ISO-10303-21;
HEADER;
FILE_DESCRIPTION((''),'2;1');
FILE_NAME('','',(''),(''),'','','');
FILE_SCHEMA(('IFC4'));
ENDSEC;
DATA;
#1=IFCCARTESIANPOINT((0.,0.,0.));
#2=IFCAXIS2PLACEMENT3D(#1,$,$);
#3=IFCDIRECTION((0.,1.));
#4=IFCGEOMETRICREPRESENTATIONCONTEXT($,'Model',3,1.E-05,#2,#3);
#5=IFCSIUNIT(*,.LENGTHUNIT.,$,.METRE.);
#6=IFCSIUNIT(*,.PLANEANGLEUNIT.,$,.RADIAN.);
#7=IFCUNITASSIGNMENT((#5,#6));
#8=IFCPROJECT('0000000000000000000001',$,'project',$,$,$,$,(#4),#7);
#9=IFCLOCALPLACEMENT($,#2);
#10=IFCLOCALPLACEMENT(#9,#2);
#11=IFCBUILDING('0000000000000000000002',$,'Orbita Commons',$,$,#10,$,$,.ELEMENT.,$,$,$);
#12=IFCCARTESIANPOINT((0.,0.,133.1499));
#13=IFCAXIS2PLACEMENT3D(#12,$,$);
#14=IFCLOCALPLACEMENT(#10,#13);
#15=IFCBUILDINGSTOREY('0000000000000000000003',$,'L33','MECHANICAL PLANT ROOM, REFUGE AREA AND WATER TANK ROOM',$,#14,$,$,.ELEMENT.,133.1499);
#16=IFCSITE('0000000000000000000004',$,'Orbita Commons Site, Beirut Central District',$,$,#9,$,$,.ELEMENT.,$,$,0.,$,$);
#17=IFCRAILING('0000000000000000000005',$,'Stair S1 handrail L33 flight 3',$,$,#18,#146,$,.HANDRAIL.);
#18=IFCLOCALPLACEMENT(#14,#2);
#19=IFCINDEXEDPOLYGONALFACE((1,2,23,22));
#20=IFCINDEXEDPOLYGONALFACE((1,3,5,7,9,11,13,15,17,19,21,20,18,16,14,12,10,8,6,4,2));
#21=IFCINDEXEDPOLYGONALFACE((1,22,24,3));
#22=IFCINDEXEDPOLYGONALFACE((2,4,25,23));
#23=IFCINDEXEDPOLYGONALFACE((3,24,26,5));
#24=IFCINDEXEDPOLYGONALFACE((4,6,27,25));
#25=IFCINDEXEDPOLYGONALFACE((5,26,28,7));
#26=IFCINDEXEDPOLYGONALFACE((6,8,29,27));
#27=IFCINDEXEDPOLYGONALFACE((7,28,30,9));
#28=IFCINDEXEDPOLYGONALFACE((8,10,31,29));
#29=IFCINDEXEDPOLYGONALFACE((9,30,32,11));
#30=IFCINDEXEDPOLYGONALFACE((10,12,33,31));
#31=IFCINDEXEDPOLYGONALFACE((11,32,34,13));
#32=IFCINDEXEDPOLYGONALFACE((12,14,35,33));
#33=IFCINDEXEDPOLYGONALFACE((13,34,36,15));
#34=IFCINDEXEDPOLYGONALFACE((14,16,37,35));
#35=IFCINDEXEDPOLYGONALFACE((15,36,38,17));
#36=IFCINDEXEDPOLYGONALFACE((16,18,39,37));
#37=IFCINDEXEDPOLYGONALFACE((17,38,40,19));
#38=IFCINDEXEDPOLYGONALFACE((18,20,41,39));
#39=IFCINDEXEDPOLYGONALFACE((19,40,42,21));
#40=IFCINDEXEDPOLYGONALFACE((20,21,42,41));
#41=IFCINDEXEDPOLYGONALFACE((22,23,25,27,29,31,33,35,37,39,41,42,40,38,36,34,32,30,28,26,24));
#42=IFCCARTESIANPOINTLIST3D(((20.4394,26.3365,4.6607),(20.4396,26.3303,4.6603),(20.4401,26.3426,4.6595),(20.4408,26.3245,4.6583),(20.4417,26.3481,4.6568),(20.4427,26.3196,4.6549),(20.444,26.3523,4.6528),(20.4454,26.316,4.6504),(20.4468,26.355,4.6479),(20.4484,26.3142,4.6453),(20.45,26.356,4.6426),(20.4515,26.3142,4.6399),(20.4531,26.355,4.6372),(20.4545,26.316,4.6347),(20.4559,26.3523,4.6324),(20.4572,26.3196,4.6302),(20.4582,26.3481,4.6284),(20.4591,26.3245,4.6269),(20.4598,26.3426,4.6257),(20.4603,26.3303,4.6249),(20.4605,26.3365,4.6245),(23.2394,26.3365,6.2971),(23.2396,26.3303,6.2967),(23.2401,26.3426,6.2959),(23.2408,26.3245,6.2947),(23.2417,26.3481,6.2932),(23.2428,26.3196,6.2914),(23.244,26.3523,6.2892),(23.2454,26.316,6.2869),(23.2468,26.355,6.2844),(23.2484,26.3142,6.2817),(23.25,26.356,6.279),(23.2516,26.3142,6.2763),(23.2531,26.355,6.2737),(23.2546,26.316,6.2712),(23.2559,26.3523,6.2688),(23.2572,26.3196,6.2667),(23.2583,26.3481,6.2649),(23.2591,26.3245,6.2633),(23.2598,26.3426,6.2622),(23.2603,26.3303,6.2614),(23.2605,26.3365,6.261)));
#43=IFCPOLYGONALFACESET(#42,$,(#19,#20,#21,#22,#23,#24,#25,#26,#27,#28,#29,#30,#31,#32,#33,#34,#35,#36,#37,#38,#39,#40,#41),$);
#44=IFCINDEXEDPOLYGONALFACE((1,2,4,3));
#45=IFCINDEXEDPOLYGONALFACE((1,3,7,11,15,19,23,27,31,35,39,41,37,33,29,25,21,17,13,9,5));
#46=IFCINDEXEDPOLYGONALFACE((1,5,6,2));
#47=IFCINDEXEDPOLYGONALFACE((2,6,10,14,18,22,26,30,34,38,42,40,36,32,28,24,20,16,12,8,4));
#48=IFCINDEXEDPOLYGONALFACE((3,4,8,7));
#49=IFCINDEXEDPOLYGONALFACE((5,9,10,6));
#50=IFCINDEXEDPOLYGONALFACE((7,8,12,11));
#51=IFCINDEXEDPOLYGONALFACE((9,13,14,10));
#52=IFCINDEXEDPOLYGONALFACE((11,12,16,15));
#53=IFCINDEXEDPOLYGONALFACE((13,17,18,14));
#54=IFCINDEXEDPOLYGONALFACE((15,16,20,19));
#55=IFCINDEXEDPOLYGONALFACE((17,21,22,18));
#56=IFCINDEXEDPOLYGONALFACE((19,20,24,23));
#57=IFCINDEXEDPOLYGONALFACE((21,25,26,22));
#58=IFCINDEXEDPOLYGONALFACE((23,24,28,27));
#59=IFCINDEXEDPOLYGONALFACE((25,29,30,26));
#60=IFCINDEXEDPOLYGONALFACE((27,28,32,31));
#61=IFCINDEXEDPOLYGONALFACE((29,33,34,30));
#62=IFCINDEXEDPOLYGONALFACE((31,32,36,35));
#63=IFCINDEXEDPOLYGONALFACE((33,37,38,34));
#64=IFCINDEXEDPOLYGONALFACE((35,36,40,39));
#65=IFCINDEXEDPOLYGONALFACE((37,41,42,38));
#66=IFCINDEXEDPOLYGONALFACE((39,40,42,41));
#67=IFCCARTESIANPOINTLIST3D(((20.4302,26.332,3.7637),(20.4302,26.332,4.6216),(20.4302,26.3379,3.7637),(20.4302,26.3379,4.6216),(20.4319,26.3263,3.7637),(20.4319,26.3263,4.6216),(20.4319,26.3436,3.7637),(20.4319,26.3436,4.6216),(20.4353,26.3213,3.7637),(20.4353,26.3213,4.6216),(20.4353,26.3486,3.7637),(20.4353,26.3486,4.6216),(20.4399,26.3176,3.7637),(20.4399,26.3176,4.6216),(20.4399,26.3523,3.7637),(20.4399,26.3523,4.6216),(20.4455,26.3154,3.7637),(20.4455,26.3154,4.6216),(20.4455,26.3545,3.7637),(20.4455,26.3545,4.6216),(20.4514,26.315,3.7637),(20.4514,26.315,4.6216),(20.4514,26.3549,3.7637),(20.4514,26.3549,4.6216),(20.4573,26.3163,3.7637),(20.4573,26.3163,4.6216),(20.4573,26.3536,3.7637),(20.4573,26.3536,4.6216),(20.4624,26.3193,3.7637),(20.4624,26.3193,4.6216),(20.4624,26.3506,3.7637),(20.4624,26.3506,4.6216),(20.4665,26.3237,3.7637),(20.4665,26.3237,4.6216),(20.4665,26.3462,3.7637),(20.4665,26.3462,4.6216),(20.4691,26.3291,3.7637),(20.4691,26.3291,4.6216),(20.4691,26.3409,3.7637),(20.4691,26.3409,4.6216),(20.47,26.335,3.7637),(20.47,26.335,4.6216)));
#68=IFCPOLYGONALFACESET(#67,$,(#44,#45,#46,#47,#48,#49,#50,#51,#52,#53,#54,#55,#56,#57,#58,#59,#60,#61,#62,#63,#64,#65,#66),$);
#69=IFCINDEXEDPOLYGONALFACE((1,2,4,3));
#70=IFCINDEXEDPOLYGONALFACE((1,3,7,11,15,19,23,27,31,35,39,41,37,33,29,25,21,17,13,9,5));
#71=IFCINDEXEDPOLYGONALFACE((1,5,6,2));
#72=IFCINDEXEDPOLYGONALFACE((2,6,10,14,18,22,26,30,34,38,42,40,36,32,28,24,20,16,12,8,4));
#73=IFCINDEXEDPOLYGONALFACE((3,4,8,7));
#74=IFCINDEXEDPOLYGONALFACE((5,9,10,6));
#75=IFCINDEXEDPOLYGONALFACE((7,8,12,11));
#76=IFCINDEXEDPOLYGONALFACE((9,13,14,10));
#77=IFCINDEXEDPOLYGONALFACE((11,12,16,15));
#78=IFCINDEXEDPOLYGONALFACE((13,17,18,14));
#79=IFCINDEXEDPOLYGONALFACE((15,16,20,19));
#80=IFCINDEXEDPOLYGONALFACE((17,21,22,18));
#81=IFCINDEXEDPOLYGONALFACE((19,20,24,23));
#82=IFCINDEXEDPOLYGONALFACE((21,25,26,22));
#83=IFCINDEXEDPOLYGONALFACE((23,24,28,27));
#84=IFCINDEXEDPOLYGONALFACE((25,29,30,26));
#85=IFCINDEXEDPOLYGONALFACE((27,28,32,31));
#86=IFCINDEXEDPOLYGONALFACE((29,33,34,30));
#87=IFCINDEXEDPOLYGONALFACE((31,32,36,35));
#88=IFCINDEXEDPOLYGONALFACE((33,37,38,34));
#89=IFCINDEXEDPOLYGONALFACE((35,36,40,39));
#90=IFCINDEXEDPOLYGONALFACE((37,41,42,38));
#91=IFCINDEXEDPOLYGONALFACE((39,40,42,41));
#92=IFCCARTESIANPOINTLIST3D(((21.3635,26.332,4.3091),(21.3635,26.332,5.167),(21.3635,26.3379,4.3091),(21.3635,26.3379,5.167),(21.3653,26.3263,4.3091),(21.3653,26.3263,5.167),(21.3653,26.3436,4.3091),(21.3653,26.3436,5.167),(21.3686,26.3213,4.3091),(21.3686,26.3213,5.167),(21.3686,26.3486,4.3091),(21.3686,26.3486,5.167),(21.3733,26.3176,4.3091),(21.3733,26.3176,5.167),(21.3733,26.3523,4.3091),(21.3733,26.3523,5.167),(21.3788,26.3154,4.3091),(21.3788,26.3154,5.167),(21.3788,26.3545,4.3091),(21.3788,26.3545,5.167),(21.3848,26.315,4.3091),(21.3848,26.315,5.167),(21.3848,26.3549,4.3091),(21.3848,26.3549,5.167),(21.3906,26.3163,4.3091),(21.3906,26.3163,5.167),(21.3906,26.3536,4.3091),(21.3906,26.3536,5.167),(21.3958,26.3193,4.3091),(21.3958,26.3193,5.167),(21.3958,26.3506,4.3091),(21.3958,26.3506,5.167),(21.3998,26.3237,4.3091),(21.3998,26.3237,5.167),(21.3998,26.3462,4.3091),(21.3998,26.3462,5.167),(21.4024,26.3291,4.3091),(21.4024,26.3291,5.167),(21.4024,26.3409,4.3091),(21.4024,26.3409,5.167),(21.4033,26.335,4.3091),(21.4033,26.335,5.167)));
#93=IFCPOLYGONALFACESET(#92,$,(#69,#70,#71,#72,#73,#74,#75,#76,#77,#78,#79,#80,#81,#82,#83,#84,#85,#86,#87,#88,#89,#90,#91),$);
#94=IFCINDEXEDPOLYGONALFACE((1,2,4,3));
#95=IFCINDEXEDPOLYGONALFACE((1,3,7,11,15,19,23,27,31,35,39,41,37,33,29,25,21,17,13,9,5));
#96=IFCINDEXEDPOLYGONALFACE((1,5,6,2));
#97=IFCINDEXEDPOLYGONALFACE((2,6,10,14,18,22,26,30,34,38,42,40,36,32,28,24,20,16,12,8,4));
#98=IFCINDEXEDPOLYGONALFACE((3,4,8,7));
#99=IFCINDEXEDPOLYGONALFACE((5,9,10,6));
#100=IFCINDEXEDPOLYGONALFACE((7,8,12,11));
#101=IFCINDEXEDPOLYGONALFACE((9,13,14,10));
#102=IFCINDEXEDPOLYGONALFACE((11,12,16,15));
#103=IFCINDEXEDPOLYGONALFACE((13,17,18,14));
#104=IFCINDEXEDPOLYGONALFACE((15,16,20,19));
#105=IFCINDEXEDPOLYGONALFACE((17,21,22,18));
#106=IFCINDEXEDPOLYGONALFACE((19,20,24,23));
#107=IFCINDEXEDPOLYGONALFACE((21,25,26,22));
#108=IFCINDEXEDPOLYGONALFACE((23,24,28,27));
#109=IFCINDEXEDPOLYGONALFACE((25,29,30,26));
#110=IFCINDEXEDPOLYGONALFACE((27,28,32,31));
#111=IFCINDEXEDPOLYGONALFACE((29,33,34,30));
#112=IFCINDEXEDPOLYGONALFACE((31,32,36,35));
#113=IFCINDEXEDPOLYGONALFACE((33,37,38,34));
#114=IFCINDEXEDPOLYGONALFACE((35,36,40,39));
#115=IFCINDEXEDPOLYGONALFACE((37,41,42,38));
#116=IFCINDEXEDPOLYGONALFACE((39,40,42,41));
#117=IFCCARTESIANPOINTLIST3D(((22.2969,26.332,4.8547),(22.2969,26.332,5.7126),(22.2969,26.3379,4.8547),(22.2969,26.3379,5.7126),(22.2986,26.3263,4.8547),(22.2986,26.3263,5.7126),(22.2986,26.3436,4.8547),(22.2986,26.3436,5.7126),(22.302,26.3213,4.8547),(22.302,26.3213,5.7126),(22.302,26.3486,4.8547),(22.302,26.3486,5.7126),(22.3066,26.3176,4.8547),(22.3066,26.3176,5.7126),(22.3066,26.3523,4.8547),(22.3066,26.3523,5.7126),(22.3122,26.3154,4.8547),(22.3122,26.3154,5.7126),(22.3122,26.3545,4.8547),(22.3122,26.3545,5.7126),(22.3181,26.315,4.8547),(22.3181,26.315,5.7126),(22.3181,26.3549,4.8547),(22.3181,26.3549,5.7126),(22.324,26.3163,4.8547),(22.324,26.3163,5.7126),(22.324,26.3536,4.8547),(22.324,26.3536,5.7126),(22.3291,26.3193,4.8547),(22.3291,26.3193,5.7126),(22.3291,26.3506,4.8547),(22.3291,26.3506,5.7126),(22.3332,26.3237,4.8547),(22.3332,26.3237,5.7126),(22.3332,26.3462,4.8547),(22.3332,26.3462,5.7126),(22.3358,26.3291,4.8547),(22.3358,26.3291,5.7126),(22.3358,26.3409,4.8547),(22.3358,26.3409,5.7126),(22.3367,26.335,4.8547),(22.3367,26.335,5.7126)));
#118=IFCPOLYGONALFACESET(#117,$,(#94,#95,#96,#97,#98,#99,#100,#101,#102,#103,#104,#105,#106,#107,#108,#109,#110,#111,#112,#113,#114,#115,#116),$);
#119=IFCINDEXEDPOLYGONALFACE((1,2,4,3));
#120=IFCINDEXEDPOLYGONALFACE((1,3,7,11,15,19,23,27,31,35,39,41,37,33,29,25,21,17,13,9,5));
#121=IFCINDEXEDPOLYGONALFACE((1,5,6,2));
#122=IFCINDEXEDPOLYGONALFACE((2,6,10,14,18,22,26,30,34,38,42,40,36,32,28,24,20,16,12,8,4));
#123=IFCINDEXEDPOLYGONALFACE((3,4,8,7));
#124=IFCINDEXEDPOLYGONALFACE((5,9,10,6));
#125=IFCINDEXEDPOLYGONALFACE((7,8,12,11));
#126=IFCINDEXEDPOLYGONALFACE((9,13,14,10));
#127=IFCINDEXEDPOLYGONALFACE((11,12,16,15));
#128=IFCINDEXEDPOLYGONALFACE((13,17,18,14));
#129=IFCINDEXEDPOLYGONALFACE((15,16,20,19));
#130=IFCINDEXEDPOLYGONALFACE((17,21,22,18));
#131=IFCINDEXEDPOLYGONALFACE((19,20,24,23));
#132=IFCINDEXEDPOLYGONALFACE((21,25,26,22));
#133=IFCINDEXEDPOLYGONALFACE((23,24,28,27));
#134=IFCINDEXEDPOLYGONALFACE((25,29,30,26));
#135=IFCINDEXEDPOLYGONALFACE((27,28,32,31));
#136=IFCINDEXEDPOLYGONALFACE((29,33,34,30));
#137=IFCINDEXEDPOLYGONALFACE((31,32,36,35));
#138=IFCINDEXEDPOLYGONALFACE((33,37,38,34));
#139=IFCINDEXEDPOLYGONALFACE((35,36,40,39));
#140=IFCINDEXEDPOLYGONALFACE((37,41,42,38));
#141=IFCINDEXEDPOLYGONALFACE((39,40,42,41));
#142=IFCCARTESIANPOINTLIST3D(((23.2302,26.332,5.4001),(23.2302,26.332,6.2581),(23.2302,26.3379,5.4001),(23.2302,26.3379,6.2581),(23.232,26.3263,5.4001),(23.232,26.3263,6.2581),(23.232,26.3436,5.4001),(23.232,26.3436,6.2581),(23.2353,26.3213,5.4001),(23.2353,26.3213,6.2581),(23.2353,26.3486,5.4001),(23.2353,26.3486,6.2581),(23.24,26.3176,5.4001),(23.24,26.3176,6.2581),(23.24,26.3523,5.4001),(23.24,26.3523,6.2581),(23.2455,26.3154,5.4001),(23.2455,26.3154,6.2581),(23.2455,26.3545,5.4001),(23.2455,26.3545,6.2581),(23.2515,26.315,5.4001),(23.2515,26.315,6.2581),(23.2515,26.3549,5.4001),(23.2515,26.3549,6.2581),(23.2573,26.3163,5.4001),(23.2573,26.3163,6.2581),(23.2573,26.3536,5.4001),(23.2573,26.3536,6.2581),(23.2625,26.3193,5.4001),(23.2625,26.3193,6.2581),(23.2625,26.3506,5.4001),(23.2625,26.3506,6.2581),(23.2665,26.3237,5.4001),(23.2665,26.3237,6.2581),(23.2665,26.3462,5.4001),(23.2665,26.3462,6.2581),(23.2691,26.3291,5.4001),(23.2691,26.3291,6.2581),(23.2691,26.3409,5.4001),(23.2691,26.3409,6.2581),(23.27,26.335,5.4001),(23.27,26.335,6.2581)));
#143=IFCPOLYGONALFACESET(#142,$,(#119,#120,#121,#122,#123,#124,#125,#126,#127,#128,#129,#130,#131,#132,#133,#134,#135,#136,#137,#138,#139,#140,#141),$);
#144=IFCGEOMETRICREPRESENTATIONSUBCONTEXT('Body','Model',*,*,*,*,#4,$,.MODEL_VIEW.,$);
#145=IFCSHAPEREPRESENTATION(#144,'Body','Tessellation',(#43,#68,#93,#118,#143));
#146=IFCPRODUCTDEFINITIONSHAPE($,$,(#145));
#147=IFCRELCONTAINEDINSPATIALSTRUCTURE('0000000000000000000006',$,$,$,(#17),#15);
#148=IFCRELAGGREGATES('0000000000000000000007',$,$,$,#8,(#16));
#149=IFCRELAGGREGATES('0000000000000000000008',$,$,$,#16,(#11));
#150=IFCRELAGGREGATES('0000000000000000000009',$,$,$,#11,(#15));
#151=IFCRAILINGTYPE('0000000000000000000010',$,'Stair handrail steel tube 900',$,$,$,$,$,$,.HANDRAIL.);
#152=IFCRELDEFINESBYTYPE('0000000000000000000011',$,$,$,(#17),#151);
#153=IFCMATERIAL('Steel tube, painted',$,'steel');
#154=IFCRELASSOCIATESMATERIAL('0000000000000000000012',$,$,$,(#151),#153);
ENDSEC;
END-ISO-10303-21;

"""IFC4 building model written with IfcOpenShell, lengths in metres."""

from ifc_helpers import new_model, si_unit, direction, frame, origin, origin_2d, place, context, subcontext, project, spatial, circle, extrude, material, type_object, element, save


model = new_model("IFC4")

# Units and contexts
model_context = context("Model", 3, precision=1e-05, world=origin(), true_north=direction((0.0, 1.0)))
body_context = subcontext(model_context, "Body", "Model", "MODEL_VIEW")
ifc_project = project(units=[si_unit("LENGTHUNIT", "METRE"), si_unit("PLANEANGLEUNIT", "RADIAN")], contexts=[model_context])

# Site, building, storey
site_placement = place(None, origin())
site = spatial("IfcSite", under=ifc_project, at=site_placement, Name="Orbita Commons Site, Beirut Central District", CompositionType="ELEMENT", RefElevation=0.0)
building_placement = place(site_placement, origin())
building = spatial("IfcBuilding", under=site, at=building_placement, Name="Orbita Commons", CompositionType="ELEMENT")
storey_placement = place(building_placement, frame((0.0, 0.0, 133.1499)))
storey = spatial("IfcBuildingStorey", under=building, at=storey_placement, Name="L33", Description="MECHANICAL PLANT ROOM, REFUGE AREA AND WATER TANK ROOM", CompositionType="ELEMENT", Elevation=133.1499)

# Railing
ifc_material_1 = material(Name="Steel tube, painted", Category="steel")
railing_type = type_object("IfcRailingType", Name="Stair handrail steel tube 900", PredefinedType="HANDRAIL", material=ifc_material_1)
for number, where, name in (
    (1, (20.45, 26.335, 3.7637), "Stair S1 handrail L33 flight 3"),
):
    element("IfcRailing", number, at=place(storey_placement, frame(where)), inside=storey, type_object=railing_type, Name=name, PredefinedType="HANDRAIL", context=body_context, shape_type="SweptSolid", body=[
        extrude(circle(Radius=0.021, at=origin_2d()), frame((0.0, 0.0, 0.8789), z_axis=(0.863361, 0.0, 0.504587), x_axis=(0.0, 1.0, 0.0)), (0.0, 0.0, 1.0), 3.2432),
        extrude(circle(Radius=0.02, at=origin_2d()), origin(), (0.0, 0.0, 1.0), 0.8579),
        extrude(circle(Radius=0.02, at=origin_2d()), frame((0.9333, 0.0, 0.5454)), (0.0, 0.0, 1.0), 0.8579),
        extrude(circle(Radius=0.02, at=origin_2d()), frame((1.8667, 0.0, 1.0911)), (0.0, 0.0, 1.0), 0.8579),
        extrude(circle(Radius=0.02, at=origin_2d()), frame((2.8, 0.0, 1.6365)), (0.0, 0.0, 1.0), 0.8579),
    ])

save(model, "model.ifc")
